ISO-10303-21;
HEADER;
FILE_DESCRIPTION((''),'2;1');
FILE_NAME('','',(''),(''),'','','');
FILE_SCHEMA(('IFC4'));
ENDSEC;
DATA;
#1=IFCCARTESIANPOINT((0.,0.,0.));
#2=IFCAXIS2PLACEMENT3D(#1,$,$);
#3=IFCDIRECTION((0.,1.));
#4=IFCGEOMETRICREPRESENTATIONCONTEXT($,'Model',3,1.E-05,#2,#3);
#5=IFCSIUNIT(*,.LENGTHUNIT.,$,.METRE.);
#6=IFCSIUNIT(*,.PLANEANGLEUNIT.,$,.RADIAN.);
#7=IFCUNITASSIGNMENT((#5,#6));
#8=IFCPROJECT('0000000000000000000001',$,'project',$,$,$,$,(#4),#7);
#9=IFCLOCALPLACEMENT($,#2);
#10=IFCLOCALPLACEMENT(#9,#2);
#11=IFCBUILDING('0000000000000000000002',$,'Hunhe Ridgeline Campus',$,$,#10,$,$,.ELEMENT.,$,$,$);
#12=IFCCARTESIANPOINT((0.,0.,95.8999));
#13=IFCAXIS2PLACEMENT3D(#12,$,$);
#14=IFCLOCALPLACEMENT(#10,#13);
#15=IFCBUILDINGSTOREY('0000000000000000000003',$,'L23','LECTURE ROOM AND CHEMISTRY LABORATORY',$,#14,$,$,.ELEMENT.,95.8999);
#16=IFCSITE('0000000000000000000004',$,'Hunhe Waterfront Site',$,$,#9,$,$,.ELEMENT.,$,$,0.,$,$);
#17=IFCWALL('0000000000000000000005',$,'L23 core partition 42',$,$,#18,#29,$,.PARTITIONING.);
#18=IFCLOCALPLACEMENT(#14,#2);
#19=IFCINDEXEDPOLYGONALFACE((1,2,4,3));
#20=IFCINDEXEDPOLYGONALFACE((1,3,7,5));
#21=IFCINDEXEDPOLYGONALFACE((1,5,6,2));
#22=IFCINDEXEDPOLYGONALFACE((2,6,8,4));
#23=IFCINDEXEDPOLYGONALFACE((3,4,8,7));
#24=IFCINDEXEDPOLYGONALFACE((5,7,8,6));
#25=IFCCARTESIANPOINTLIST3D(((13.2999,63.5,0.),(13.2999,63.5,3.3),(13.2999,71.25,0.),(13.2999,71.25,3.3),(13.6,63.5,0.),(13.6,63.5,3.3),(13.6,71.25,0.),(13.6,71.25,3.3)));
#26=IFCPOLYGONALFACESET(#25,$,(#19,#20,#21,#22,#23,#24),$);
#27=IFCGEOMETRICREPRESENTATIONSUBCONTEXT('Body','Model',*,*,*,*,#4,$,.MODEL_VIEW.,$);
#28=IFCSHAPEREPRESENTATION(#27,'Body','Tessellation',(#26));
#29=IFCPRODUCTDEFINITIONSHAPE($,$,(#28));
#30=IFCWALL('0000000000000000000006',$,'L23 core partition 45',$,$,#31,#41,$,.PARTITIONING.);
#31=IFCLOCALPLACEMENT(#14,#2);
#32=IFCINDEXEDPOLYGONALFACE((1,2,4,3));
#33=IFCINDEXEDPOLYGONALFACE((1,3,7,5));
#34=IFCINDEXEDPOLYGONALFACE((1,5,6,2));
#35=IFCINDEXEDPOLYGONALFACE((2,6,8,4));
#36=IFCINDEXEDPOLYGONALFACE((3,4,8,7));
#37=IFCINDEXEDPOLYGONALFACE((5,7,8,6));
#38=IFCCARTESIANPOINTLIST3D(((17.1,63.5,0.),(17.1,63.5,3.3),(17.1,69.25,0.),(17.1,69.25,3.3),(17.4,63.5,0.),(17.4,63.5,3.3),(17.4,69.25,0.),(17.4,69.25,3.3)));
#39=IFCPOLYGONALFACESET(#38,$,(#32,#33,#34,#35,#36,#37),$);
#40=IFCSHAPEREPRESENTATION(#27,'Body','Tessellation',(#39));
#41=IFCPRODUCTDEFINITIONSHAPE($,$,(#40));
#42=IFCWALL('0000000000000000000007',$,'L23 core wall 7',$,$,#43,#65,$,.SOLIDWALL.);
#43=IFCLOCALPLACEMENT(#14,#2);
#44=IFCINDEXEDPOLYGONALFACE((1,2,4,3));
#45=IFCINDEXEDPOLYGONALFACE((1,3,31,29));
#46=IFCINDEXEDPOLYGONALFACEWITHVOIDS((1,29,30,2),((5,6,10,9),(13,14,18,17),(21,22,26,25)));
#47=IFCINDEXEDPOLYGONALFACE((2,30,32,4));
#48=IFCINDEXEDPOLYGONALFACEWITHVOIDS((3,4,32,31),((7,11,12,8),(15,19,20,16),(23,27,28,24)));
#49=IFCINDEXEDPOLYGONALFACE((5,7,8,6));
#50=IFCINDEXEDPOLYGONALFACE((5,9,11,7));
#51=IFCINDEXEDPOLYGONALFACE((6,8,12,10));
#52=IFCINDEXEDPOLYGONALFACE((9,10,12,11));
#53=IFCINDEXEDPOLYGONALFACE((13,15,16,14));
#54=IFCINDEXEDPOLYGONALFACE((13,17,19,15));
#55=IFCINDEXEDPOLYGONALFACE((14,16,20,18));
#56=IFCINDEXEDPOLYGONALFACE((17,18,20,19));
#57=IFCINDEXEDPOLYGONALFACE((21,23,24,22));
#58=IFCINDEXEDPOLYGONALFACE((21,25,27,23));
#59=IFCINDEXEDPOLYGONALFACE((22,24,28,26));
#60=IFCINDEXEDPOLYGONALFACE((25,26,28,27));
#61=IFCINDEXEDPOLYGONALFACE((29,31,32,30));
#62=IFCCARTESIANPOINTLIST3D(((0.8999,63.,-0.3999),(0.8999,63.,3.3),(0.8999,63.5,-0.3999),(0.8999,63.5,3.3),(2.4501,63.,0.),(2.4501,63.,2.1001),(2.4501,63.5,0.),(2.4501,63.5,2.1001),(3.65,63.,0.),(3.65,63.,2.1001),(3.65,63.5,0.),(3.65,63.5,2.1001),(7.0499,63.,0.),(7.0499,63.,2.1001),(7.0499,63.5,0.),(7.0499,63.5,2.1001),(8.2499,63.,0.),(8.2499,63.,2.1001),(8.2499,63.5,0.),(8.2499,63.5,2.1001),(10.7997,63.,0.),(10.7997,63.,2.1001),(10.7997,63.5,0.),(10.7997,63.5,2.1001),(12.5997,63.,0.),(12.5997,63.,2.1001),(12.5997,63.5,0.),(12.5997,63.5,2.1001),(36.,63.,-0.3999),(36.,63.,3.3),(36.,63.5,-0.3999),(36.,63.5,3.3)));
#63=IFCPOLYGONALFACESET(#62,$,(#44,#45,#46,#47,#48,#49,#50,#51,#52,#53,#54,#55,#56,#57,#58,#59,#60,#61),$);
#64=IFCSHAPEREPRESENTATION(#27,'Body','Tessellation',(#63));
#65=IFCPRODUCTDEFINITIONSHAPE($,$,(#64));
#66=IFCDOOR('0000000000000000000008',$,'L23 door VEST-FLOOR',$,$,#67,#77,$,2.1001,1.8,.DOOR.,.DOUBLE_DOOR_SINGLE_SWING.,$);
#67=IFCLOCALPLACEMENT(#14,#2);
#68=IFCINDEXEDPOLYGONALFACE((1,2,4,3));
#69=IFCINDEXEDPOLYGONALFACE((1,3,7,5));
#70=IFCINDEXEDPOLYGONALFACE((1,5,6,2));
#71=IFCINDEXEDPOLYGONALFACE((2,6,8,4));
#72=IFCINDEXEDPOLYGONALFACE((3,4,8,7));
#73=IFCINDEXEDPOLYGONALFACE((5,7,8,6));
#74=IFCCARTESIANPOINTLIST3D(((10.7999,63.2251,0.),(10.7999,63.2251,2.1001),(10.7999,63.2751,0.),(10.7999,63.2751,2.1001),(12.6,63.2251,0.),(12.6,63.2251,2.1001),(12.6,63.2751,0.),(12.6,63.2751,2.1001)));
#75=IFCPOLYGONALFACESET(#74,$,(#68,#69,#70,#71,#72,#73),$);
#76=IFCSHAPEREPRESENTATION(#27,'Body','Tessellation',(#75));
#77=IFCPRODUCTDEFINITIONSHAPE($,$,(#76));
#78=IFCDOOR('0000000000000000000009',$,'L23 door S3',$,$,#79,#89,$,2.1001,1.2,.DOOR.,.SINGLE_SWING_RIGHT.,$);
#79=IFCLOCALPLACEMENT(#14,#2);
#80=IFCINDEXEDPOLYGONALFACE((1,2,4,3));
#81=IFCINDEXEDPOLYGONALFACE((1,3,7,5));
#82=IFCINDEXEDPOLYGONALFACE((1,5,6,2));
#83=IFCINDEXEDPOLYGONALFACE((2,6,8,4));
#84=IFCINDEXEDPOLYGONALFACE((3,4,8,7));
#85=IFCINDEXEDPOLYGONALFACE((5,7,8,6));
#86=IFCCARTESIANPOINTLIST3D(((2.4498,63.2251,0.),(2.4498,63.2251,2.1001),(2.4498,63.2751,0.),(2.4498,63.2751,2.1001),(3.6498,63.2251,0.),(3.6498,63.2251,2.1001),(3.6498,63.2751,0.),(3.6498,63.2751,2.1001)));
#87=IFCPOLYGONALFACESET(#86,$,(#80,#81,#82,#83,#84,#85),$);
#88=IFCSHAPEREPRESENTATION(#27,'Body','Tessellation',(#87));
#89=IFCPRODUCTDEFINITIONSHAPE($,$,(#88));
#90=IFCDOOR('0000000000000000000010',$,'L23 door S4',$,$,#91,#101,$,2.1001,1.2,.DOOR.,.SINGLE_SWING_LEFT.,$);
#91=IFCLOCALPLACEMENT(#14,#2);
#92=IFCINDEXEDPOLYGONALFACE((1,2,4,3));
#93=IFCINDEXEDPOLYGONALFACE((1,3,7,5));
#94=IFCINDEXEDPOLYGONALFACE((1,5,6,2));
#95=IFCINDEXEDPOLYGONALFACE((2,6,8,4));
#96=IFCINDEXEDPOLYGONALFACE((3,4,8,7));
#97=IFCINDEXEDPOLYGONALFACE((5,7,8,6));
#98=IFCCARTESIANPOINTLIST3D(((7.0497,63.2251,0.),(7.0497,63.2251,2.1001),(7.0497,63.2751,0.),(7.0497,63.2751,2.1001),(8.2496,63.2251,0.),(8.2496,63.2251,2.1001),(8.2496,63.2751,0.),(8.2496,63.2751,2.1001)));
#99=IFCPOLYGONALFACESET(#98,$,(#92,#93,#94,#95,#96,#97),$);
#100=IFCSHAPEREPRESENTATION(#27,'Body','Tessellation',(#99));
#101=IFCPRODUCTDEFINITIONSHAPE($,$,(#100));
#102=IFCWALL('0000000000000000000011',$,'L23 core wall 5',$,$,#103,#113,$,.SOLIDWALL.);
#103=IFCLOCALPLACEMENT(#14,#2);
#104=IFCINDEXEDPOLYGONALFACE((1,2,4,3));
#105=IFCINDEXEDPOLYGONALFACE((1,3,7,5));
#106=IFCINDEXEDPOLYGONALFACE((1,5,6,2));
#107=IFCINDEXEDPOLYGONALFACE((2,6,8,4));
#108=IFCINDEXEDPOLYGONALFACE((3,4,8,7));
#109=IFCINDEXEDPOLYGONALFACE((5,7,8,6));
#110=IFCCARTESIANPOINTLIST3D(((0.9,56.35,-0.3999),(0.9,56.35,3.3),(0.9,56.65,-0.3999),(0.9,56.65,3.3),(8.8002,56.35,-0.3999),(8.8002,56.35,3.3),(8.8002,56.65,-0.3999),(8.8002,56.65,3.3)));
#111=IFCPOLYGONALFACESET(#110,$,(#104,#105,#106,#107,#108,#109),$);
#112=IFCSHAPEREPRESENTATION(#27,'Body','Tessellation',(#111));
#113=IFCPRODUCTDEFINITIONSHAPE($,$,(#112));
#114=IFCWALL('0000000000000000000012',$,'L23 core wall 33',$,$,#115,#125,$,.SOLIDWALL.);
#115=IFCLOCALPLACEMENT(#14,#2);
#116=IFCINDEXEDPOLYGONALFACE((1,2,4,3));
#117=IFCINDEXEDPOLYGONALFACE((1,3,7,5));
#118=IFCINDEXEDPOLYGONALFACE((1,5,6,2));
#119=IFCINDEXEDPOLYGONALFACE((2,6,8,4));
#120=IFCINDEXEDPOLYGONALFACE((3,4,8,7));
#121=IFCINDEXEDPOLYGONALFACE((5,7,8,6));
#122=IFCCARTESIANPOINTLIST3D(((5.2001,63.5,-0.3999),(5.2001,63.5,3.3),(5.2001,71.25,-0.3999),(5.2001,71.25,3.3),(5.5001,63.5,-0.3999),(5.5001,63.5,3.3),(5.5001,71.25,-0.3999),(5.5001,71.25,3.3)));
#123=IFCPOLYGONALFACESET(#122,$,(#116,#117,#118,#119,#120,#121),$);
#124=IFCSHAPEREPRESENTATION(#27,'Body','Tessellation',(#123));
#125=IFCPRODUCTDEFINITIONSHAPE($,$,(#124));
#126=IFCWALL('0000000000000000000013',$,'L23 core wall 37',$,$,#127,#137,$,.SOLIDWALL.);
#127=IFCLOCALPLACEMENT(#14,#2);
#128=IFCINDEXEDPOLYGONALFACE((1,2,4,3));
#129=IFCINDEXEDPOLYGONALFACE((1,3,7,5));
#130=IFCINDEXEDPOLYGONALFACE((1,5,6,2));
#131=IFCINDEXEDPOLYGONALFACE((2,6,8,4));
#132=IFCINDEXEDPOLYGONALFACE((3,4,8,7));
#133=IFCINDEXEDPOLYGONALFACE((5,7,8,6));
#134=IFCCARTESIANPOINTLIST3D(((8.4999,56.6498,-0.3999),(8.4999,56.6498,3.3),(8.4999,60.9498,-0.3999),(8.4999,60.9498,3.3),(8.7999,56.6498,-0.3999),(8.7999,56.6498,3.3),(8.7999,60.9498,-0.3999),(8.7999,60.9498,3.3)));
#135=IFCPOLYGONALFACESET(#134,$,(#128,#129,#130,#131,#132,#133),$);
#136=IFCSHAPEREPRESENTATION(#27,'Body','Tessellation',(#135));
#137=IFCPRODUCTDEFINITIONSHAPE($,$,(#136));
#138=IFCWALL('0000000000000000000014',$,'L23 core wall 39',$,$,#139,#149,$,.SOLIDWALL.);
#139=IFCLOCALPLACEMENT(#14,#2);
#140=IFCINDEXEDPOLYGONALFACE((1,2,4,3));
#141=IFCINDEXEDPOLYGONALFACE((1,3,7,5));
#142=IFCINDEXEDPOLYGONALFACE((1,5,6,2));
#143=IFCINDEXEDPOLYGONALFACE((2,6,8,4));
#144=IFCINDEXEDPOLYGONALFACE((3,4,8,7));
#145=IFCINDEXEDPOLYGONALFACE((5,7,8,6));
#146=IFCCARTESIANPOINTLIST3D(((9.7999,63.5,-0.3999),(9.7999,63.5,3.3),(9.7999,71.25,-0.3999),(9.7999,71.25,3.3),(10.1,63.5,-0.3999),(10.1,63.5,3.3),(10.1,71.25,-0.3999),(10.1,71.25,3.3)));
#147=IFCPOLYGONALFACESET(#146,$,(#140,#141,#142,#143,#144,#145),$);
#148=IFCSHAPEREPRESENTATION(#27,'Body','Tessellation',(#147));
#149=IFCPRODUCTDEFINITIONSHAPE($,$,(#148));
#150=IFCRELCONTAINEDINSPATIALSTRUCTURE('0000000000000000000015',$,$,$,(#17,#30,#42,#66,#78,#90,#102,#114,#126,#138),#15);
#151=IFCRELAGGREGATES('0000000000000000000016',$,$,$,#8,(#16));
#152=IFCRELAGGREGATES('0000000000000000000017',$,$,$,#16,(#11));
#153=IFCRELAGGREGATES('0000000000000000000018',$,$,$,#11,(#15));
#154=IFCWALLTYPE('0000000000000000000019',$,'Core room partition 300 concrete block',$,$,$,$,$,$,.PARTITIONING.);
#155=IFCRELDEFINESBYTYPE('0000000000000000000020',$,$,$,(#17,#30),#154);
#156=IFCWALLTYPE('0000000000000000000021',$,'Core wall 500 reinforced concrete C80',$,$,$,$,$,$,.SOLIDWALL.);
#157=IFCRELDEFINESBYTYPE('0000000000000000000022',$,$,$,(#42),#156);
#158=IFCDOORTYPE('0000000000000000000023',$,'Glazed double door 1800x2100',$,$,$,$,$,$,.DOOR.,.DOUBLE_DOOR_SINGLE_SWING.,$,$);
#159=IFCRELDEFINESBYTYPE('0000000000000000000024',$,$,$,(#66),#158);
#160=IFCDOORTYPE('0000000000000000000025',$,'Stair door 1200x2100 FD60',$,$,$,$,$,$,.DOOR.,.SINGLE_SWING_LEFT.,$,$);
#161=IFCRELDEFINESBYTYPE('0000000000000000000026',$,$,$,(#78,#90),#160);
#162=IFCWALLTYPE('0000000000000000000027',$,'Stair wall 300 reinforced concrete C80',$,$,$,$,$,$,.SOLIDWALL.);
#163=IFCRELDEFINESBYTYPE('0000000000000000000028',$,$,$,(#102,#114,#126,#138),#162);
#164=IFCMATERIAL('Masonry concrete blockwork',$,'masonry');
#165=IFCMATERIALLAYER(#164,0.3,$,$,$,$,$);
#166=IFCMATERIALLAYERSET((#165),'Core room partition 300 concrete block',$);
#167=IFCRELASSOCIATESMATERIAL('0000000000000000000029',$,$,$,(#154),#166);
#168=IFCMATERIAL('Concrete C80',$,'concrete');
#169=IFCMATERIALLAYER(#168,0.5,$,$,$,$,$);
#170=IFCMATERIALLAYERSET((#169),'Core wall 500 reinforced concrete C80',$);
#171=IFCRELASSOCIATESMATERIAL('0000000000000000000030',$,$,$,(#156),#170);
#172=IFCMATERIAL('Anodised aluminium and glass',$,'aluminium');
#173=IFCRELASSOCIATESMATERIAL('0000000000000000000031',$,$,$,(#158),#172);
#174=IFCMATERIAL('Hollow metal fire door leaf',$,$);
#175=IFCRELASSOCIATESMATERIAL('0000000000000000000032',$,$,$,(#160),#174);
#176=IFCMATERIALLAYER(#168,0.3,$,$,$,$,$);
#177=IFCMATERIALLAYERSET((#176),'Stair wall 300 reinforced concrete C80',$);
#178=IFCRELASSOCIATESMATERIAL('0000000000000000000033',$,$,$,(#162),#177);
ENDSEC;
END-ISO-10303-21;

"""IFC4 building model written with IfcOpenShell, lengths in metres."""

from ifc_helpers import new_model, si_unit, direction, frame, frame_2d, origin, place, context, subcontext, project, spatial, rectangle, extrude, material, layer, layer_set, type_object, element, fill, save


model = new_model("IFC4")

# Units and contexts
model_context = context("Model", 3, precision=1e-05, world=origin(), true_north=direction((0.0, 1.0)))
body_context = subcontext(model_context, "Body", "Model", "MODEL_VIEW")
ifc_project = project(units=[si_unit("LENGTHUNIT", "METRE"), si_unit("PLANEANGLEUNIT", "RADIAN")], contexts=[model_context])

# Site, building, storey
site_placement = place(None, origin())
site = spatial("IfcSite", under=ifc_project, at=site_placement, Name="Hunhe Waterfront Site", CompositionType="ELEMENT", RefElevation=0.0)
building_placement = place(site_placement, origin())
building = spatial("IfcBuilding", under=site, at=building_placement, Name="Hunhe Ridgeline Campus", CompositionType="ELEMENT")
storey_placement = place(building_placement, frame((0.0, 0.0, 95.8999)))
storey = spatial("IfcBuildingStorey", under=building, at=storey_placement, Name="L23", Description="LECTURE ROOM AND CHEMISTRY LABORATORY", CompositionType="ELEMENT", Elevation=95.8999)

# Walls
ifc_material_1 = material(Name="Masonry concrete blockwork", Category="masonry")
ifc_layer_1 = layer(ifc_material_1, 0.3)
ifc_layer_set_1 = layer_set([ifc_layer_1], Name="Core room partition 300 concrete block")
wall_type_1 = type_object("IfcWallType", Name="Core room partition 300 concrete block", PredefinedType="PARTITIONING", material=ifc_layer_set_1)
wall_1_placement = place(storey_placement, frame((13.45, 63.5, 0.0), z_axis=(0.0, 0.0, 1.0), x_axis=(0.0, 1.0, 0.0)))
element("IfcWall", 1, at=wall_1_placement, inside=storey, type_object=wall_type_1, Name="L23 core partition 42", PredefinedType="PARTITIONING", context=body_context, shape_type="SweptSolid", body=[
    extrude(rectangle(XDim=7.75, YDim=0.3, at=frame_2d((3.875, 0.0))), origin(), (0.0, 0.0, 1.0), 3.3),
])
wall_2_placement = place(storey_placement, frame((17.25, 63.5, 0.0), z_axis=(0.0, 0.0, 1.0), x_axis=(0.0, 1.0, 0.0)))
element("IfcWall", 2, at=wall_2_placement, inside=storey, type_object=wall_type_1, Name="L23 core partition 45", PredefinedType="PARTITIONING", context=body_context, shape_type="SweptSolid", body=[
    extrude(rectangle(XDim=5.75, YDim=0.3, at=frame_2d((2.875, 0.0))), origin(), (0.0, 0.0, 1.0), 3.3),
])

# Wall, openings, doors
ifc_material_2 = material(Name="Concrete C80", Category="concrete")
ifc_layer_2 = layer(ifc_material_2, 0.5)
ifc_layer_set_2 = layer_set([ifc_layer_2], Name="Core wall 500 reinforced concrete C80")
wall_type_2 = type_object("IfcWallType", Name="Core wall 500 reinforced concrete C80", PredefinedType="SOLIDWALL", material=ifc_layer_set_2)
wall_3_placement = place(storey_placement, frame((0.8999, 63.25, -0.3999), z_axis=(0.0, 0.0, 1.0), x_axis=(1.0, 0.0, 0.0)))
wall_3 = element("IfcWall", 3, at=wall_3_placement, inside=storey, type_object=wall_type_2, Name="L23 core wall 7", PredefinedType="SOLIDWALL", context=body_context, shape_type="SweptSolid", body=[
    extrude(rectangle(XDim=35.1001, YDim=0.5, at=frame_2d((17.55, 0.0))), origin(), (0.0, 0.0, 1.0), 3.7),
])
opening_1_placement = place(wall_3_placement, frame((9.8999, 0.0, 0.3999)))
opening_1 = element("IfcOpeningElement", 4, at=opening_1_placement, cuts=wall_3, PredefinedType="OPENING", context=body_context, shape_type="SweptSolid", body=[
    extrude(rectangle(XDim=1.8, YDim=2.1001, at=frame_2d((0.8999, 1.05))), frame((0.0, 0.25, 0.0), z_axis=(0.0, -1.0, 0.0), x_axis=(1.0, 0.0, 0.0)), (0.0, 0.0, 1.0), 0.5),
])
opening_2_placement = place(wall_3_placement, frame((1.55, 0.0, 0.3999)))
opening_2 = element("IfcOpeningElement", 5, at=opening_2_placement, cuts=wall_3, PredefinedType="OPENING", context=body_context, shape_type="SweptSolid", body=[
    extrude(rectangle(XDim=1.2, YDim=2.1001, at=frame_2d((0.6001, 1.05))), frame((0.0, 0.25, 0.0), z_axis=(0.0, -1.0, 0.0), x_axis=(1.0, 0.0, 0.0)), (0.0, 0.0, 1.0), 0.5),
])
opening_3_placement = place(wall_3_placement, frame((6.1499, 0.0, 0.3999)))
opening_3 = element("IfcOpeningElement", 6, at=opening_3_placement, cuts=wall_3, PredefinedType="OPENING", context=body_context, shape_type="SweptSolid", body=[
    extrude(rectangle(XDim=1.2, YDim=2.1001, at=frame_2d((0.6001, 1.05))), frame((0.0, 0.25, 0.0), z_axis=(0.0, -1.0, 0.0), x_axis=(1.0, 0.0, 0.0)), (0.0, 0.0, 1.0), 0.5),
])
ifc_material_3 = material(Name="Anodised aluminium and glass", Category="aluminium")
door_type_1 = type_object("IfcDoorType", Name="Glazed double door 1800x2100", OperationType="DOUBLE_DOOR_SINGLE_SWING", PredefinedType="DOOR", material=ifc_material_3)
door_1_placement = place(opening_1_placement, frame((1.8, 0.0, 0.0), z_axis=(0.0, 0.0, 1.0), x_axis=(-1.0, 0.0, 0.0)))
door_1 = element("IfcDoor", 7, at=door_1_placement, inside=storey, type_object=door_type_1, Name="L23 door VEST-FLOOR", OperationType="DOUBLE_DOOR_SINGLE_SWING", OverallHeight=2.1001, OverallWidth=1.8, PredefinedType="DOOR", context=body_context, shape_type="SweptSolid", body=[
    extrude(rectangle(XDim=1.8, YDim=2.1001, at=frame_2d((0.8999, 1.05))), frame((0.0, 0.0249, 0.0), z_axis=(0.0, -1.0, 0.0), x_axis=(1.0, 0.0, 0.0)), (0.0, 0.0, 1.0), 0.05),
])
fill(opening_1, door_1)
ifc_material_4 = material(Name="Hollow metal fire door leaf")
door_type_2 = type_object("IfcDoorType", Name="Stair door 1200x2100 FD60", OperationType="SINGLE_SWING_LEFT", PredefinedType="DOOR", material=ifc_material_4)
door_2_placement = place(opening_2_placement, frame((1.2, 0.0, 0.0), z_axis=(0.0, 0.0, 1.0), x_axis=(-1.0, 0.0, 0.0)))
door_2 = element("IfcDoor", 8, at=door_2_placement, inside=storey, type_object=door_type_2, Name="L23 door S3", OperationType="SINGLE_SWING_RIGHT", OverallHeight=2.1001, OverallWidth=1.2, PredefinedType="DOOR", context=body_context, shape_type="SweptSolid", body=[
    extrude(rectangle(XDim=1.2, YDim=2.1001, at=frame_2d((0.6001, 1.05))), frame((0.0, 0.0249, 0.0), z_axis=(0.0, -1.0, 0.0), x_axis=(1.0, 0.0, 0.0)), (0.0, 0.0, 1.0), 0.05),
])
fill(opening_2, door_2)
door_3_placement = place(opening_3_placement, frame((1.2, 0.0, 0.0), z_axis=(0.0, 0.0, 1.0), x_axis=(-1.0, 0.0, 0.0)))
door_3 = element("IfcDoor", 9, at=door_3_placement, inside=storey, type_object=door_type_2, Name="L23 door S4", OperationType="SINGLE_SWING_LEFT", OverallHeight=2.1001, OverallWidth=1.2, PredefinedType="DOOR", context=body_context, shape_type="SweptSolid", body=[
    extrude(rectangle(XDim=1.2, YDim=2.1001, at=frame_2d((0.6001, 1.05))), frame((0.0, 0.0249, 0.0), z_axis=(0.0, -1.0, 0.0), x_axis=(1.0, 0.0, 0.0)), (0.0, 0.0, 1.0), 0.05),
])
fill(opening_3, door_3)

# Wall
ifc_layer_3 = layer(ifc_material_2, 0.3)
ifc_layer_set_3 = layer_set([ifc_layer_3], Name="Stair wall 300 reinforced concrete C80")
wall_type_3 = type_object("IfcWallType", Name="Stair wall 300 reinforced concrete C80", PredefinedType="SOLIDWALL", material=ifc_layer_set_3)
wall_4_placement = place(storey_placement, frame((0.8999, 56.5, -0.3999), z_axis=(0.0, 0.0, 1.0), x_axis=(1.0, 0.0, 0.0)))
element("IfcWall", 10, at=wall_4_placement, inside=storey, type_object=wall_type_3, Name="L23 core wall 5", PredefinedType="SOLIDWALL", context=body_context, shape_type="SweptSolid", body=[
    extrude(rectangle(XDim=7.9001, YDim=0.3, at=frame_2d((3.9502, 0.0))), origin(), (0.0, 0.0, 1.0), 3.7),
])

# Walls
wall_5_placement = place(storey_placement, frame((5.3501, 63.5, -0.3999), z_axis=(0.0, 0.0, 1.0), x_axis=(0.0, 1.0, 0.0)))
element("IfcWall", 11, at=wall_5_placement, inside=storey, type_object=wall_type_3, Name="L23 core wall 33", PredefinedType="SOLIDWALL", context=body_context, shape_type="SweptSolid", body=[
    extrude(rectangle(XDim=7.75, YDim=0.3, at=frame_2d((3.875, 0.0))), origin(), (0.0, 0.0, 1.0), 3.7),
])
wall_6_placement = place(storey_placement, frame((8.6499, 56.6499, -0.3999), z_axis=(0.0, 0.0, 1.0), x_axis=(0.0, 1.0, 0.0)))
element("IfcWall", 12, at=wall_6_placement, inside=storey, type_object=wall_type_3, Name="L23 core wall 37", PredefinedType="SOLIDWALL", context=body_context, shape_type="SweptSolid", body=[
    extrude(rectangle(XDim=4.3, YDim=0.3, at=frame_2d((2.1499, 0.0))), origin(), (0.0, 0.0, 1.0), 3.7),
])
wall_7_placement = place(storey_placement, frame((9.95, 63.5, -0.3999), z_axis=(0.0, 0.0, 1.0), x_axis=(0.0, 1.0, 0.0)))
element("IfcWall", 13, at=wall_7_placement, inside=storey, type_object=wall_type_3, Name="L23 core wall 39", PredefinedType="SOLIDWALL", context=body_context, shape_type="SweptSolid", body=[
    extrude(rectangle(XDim=7.75, YDim=0.3, at=frame_2d((3.875, 0.0))), origin(), (0.0, 0.0, 1.0), 3.7),
])

save(model, "model.ifc")
